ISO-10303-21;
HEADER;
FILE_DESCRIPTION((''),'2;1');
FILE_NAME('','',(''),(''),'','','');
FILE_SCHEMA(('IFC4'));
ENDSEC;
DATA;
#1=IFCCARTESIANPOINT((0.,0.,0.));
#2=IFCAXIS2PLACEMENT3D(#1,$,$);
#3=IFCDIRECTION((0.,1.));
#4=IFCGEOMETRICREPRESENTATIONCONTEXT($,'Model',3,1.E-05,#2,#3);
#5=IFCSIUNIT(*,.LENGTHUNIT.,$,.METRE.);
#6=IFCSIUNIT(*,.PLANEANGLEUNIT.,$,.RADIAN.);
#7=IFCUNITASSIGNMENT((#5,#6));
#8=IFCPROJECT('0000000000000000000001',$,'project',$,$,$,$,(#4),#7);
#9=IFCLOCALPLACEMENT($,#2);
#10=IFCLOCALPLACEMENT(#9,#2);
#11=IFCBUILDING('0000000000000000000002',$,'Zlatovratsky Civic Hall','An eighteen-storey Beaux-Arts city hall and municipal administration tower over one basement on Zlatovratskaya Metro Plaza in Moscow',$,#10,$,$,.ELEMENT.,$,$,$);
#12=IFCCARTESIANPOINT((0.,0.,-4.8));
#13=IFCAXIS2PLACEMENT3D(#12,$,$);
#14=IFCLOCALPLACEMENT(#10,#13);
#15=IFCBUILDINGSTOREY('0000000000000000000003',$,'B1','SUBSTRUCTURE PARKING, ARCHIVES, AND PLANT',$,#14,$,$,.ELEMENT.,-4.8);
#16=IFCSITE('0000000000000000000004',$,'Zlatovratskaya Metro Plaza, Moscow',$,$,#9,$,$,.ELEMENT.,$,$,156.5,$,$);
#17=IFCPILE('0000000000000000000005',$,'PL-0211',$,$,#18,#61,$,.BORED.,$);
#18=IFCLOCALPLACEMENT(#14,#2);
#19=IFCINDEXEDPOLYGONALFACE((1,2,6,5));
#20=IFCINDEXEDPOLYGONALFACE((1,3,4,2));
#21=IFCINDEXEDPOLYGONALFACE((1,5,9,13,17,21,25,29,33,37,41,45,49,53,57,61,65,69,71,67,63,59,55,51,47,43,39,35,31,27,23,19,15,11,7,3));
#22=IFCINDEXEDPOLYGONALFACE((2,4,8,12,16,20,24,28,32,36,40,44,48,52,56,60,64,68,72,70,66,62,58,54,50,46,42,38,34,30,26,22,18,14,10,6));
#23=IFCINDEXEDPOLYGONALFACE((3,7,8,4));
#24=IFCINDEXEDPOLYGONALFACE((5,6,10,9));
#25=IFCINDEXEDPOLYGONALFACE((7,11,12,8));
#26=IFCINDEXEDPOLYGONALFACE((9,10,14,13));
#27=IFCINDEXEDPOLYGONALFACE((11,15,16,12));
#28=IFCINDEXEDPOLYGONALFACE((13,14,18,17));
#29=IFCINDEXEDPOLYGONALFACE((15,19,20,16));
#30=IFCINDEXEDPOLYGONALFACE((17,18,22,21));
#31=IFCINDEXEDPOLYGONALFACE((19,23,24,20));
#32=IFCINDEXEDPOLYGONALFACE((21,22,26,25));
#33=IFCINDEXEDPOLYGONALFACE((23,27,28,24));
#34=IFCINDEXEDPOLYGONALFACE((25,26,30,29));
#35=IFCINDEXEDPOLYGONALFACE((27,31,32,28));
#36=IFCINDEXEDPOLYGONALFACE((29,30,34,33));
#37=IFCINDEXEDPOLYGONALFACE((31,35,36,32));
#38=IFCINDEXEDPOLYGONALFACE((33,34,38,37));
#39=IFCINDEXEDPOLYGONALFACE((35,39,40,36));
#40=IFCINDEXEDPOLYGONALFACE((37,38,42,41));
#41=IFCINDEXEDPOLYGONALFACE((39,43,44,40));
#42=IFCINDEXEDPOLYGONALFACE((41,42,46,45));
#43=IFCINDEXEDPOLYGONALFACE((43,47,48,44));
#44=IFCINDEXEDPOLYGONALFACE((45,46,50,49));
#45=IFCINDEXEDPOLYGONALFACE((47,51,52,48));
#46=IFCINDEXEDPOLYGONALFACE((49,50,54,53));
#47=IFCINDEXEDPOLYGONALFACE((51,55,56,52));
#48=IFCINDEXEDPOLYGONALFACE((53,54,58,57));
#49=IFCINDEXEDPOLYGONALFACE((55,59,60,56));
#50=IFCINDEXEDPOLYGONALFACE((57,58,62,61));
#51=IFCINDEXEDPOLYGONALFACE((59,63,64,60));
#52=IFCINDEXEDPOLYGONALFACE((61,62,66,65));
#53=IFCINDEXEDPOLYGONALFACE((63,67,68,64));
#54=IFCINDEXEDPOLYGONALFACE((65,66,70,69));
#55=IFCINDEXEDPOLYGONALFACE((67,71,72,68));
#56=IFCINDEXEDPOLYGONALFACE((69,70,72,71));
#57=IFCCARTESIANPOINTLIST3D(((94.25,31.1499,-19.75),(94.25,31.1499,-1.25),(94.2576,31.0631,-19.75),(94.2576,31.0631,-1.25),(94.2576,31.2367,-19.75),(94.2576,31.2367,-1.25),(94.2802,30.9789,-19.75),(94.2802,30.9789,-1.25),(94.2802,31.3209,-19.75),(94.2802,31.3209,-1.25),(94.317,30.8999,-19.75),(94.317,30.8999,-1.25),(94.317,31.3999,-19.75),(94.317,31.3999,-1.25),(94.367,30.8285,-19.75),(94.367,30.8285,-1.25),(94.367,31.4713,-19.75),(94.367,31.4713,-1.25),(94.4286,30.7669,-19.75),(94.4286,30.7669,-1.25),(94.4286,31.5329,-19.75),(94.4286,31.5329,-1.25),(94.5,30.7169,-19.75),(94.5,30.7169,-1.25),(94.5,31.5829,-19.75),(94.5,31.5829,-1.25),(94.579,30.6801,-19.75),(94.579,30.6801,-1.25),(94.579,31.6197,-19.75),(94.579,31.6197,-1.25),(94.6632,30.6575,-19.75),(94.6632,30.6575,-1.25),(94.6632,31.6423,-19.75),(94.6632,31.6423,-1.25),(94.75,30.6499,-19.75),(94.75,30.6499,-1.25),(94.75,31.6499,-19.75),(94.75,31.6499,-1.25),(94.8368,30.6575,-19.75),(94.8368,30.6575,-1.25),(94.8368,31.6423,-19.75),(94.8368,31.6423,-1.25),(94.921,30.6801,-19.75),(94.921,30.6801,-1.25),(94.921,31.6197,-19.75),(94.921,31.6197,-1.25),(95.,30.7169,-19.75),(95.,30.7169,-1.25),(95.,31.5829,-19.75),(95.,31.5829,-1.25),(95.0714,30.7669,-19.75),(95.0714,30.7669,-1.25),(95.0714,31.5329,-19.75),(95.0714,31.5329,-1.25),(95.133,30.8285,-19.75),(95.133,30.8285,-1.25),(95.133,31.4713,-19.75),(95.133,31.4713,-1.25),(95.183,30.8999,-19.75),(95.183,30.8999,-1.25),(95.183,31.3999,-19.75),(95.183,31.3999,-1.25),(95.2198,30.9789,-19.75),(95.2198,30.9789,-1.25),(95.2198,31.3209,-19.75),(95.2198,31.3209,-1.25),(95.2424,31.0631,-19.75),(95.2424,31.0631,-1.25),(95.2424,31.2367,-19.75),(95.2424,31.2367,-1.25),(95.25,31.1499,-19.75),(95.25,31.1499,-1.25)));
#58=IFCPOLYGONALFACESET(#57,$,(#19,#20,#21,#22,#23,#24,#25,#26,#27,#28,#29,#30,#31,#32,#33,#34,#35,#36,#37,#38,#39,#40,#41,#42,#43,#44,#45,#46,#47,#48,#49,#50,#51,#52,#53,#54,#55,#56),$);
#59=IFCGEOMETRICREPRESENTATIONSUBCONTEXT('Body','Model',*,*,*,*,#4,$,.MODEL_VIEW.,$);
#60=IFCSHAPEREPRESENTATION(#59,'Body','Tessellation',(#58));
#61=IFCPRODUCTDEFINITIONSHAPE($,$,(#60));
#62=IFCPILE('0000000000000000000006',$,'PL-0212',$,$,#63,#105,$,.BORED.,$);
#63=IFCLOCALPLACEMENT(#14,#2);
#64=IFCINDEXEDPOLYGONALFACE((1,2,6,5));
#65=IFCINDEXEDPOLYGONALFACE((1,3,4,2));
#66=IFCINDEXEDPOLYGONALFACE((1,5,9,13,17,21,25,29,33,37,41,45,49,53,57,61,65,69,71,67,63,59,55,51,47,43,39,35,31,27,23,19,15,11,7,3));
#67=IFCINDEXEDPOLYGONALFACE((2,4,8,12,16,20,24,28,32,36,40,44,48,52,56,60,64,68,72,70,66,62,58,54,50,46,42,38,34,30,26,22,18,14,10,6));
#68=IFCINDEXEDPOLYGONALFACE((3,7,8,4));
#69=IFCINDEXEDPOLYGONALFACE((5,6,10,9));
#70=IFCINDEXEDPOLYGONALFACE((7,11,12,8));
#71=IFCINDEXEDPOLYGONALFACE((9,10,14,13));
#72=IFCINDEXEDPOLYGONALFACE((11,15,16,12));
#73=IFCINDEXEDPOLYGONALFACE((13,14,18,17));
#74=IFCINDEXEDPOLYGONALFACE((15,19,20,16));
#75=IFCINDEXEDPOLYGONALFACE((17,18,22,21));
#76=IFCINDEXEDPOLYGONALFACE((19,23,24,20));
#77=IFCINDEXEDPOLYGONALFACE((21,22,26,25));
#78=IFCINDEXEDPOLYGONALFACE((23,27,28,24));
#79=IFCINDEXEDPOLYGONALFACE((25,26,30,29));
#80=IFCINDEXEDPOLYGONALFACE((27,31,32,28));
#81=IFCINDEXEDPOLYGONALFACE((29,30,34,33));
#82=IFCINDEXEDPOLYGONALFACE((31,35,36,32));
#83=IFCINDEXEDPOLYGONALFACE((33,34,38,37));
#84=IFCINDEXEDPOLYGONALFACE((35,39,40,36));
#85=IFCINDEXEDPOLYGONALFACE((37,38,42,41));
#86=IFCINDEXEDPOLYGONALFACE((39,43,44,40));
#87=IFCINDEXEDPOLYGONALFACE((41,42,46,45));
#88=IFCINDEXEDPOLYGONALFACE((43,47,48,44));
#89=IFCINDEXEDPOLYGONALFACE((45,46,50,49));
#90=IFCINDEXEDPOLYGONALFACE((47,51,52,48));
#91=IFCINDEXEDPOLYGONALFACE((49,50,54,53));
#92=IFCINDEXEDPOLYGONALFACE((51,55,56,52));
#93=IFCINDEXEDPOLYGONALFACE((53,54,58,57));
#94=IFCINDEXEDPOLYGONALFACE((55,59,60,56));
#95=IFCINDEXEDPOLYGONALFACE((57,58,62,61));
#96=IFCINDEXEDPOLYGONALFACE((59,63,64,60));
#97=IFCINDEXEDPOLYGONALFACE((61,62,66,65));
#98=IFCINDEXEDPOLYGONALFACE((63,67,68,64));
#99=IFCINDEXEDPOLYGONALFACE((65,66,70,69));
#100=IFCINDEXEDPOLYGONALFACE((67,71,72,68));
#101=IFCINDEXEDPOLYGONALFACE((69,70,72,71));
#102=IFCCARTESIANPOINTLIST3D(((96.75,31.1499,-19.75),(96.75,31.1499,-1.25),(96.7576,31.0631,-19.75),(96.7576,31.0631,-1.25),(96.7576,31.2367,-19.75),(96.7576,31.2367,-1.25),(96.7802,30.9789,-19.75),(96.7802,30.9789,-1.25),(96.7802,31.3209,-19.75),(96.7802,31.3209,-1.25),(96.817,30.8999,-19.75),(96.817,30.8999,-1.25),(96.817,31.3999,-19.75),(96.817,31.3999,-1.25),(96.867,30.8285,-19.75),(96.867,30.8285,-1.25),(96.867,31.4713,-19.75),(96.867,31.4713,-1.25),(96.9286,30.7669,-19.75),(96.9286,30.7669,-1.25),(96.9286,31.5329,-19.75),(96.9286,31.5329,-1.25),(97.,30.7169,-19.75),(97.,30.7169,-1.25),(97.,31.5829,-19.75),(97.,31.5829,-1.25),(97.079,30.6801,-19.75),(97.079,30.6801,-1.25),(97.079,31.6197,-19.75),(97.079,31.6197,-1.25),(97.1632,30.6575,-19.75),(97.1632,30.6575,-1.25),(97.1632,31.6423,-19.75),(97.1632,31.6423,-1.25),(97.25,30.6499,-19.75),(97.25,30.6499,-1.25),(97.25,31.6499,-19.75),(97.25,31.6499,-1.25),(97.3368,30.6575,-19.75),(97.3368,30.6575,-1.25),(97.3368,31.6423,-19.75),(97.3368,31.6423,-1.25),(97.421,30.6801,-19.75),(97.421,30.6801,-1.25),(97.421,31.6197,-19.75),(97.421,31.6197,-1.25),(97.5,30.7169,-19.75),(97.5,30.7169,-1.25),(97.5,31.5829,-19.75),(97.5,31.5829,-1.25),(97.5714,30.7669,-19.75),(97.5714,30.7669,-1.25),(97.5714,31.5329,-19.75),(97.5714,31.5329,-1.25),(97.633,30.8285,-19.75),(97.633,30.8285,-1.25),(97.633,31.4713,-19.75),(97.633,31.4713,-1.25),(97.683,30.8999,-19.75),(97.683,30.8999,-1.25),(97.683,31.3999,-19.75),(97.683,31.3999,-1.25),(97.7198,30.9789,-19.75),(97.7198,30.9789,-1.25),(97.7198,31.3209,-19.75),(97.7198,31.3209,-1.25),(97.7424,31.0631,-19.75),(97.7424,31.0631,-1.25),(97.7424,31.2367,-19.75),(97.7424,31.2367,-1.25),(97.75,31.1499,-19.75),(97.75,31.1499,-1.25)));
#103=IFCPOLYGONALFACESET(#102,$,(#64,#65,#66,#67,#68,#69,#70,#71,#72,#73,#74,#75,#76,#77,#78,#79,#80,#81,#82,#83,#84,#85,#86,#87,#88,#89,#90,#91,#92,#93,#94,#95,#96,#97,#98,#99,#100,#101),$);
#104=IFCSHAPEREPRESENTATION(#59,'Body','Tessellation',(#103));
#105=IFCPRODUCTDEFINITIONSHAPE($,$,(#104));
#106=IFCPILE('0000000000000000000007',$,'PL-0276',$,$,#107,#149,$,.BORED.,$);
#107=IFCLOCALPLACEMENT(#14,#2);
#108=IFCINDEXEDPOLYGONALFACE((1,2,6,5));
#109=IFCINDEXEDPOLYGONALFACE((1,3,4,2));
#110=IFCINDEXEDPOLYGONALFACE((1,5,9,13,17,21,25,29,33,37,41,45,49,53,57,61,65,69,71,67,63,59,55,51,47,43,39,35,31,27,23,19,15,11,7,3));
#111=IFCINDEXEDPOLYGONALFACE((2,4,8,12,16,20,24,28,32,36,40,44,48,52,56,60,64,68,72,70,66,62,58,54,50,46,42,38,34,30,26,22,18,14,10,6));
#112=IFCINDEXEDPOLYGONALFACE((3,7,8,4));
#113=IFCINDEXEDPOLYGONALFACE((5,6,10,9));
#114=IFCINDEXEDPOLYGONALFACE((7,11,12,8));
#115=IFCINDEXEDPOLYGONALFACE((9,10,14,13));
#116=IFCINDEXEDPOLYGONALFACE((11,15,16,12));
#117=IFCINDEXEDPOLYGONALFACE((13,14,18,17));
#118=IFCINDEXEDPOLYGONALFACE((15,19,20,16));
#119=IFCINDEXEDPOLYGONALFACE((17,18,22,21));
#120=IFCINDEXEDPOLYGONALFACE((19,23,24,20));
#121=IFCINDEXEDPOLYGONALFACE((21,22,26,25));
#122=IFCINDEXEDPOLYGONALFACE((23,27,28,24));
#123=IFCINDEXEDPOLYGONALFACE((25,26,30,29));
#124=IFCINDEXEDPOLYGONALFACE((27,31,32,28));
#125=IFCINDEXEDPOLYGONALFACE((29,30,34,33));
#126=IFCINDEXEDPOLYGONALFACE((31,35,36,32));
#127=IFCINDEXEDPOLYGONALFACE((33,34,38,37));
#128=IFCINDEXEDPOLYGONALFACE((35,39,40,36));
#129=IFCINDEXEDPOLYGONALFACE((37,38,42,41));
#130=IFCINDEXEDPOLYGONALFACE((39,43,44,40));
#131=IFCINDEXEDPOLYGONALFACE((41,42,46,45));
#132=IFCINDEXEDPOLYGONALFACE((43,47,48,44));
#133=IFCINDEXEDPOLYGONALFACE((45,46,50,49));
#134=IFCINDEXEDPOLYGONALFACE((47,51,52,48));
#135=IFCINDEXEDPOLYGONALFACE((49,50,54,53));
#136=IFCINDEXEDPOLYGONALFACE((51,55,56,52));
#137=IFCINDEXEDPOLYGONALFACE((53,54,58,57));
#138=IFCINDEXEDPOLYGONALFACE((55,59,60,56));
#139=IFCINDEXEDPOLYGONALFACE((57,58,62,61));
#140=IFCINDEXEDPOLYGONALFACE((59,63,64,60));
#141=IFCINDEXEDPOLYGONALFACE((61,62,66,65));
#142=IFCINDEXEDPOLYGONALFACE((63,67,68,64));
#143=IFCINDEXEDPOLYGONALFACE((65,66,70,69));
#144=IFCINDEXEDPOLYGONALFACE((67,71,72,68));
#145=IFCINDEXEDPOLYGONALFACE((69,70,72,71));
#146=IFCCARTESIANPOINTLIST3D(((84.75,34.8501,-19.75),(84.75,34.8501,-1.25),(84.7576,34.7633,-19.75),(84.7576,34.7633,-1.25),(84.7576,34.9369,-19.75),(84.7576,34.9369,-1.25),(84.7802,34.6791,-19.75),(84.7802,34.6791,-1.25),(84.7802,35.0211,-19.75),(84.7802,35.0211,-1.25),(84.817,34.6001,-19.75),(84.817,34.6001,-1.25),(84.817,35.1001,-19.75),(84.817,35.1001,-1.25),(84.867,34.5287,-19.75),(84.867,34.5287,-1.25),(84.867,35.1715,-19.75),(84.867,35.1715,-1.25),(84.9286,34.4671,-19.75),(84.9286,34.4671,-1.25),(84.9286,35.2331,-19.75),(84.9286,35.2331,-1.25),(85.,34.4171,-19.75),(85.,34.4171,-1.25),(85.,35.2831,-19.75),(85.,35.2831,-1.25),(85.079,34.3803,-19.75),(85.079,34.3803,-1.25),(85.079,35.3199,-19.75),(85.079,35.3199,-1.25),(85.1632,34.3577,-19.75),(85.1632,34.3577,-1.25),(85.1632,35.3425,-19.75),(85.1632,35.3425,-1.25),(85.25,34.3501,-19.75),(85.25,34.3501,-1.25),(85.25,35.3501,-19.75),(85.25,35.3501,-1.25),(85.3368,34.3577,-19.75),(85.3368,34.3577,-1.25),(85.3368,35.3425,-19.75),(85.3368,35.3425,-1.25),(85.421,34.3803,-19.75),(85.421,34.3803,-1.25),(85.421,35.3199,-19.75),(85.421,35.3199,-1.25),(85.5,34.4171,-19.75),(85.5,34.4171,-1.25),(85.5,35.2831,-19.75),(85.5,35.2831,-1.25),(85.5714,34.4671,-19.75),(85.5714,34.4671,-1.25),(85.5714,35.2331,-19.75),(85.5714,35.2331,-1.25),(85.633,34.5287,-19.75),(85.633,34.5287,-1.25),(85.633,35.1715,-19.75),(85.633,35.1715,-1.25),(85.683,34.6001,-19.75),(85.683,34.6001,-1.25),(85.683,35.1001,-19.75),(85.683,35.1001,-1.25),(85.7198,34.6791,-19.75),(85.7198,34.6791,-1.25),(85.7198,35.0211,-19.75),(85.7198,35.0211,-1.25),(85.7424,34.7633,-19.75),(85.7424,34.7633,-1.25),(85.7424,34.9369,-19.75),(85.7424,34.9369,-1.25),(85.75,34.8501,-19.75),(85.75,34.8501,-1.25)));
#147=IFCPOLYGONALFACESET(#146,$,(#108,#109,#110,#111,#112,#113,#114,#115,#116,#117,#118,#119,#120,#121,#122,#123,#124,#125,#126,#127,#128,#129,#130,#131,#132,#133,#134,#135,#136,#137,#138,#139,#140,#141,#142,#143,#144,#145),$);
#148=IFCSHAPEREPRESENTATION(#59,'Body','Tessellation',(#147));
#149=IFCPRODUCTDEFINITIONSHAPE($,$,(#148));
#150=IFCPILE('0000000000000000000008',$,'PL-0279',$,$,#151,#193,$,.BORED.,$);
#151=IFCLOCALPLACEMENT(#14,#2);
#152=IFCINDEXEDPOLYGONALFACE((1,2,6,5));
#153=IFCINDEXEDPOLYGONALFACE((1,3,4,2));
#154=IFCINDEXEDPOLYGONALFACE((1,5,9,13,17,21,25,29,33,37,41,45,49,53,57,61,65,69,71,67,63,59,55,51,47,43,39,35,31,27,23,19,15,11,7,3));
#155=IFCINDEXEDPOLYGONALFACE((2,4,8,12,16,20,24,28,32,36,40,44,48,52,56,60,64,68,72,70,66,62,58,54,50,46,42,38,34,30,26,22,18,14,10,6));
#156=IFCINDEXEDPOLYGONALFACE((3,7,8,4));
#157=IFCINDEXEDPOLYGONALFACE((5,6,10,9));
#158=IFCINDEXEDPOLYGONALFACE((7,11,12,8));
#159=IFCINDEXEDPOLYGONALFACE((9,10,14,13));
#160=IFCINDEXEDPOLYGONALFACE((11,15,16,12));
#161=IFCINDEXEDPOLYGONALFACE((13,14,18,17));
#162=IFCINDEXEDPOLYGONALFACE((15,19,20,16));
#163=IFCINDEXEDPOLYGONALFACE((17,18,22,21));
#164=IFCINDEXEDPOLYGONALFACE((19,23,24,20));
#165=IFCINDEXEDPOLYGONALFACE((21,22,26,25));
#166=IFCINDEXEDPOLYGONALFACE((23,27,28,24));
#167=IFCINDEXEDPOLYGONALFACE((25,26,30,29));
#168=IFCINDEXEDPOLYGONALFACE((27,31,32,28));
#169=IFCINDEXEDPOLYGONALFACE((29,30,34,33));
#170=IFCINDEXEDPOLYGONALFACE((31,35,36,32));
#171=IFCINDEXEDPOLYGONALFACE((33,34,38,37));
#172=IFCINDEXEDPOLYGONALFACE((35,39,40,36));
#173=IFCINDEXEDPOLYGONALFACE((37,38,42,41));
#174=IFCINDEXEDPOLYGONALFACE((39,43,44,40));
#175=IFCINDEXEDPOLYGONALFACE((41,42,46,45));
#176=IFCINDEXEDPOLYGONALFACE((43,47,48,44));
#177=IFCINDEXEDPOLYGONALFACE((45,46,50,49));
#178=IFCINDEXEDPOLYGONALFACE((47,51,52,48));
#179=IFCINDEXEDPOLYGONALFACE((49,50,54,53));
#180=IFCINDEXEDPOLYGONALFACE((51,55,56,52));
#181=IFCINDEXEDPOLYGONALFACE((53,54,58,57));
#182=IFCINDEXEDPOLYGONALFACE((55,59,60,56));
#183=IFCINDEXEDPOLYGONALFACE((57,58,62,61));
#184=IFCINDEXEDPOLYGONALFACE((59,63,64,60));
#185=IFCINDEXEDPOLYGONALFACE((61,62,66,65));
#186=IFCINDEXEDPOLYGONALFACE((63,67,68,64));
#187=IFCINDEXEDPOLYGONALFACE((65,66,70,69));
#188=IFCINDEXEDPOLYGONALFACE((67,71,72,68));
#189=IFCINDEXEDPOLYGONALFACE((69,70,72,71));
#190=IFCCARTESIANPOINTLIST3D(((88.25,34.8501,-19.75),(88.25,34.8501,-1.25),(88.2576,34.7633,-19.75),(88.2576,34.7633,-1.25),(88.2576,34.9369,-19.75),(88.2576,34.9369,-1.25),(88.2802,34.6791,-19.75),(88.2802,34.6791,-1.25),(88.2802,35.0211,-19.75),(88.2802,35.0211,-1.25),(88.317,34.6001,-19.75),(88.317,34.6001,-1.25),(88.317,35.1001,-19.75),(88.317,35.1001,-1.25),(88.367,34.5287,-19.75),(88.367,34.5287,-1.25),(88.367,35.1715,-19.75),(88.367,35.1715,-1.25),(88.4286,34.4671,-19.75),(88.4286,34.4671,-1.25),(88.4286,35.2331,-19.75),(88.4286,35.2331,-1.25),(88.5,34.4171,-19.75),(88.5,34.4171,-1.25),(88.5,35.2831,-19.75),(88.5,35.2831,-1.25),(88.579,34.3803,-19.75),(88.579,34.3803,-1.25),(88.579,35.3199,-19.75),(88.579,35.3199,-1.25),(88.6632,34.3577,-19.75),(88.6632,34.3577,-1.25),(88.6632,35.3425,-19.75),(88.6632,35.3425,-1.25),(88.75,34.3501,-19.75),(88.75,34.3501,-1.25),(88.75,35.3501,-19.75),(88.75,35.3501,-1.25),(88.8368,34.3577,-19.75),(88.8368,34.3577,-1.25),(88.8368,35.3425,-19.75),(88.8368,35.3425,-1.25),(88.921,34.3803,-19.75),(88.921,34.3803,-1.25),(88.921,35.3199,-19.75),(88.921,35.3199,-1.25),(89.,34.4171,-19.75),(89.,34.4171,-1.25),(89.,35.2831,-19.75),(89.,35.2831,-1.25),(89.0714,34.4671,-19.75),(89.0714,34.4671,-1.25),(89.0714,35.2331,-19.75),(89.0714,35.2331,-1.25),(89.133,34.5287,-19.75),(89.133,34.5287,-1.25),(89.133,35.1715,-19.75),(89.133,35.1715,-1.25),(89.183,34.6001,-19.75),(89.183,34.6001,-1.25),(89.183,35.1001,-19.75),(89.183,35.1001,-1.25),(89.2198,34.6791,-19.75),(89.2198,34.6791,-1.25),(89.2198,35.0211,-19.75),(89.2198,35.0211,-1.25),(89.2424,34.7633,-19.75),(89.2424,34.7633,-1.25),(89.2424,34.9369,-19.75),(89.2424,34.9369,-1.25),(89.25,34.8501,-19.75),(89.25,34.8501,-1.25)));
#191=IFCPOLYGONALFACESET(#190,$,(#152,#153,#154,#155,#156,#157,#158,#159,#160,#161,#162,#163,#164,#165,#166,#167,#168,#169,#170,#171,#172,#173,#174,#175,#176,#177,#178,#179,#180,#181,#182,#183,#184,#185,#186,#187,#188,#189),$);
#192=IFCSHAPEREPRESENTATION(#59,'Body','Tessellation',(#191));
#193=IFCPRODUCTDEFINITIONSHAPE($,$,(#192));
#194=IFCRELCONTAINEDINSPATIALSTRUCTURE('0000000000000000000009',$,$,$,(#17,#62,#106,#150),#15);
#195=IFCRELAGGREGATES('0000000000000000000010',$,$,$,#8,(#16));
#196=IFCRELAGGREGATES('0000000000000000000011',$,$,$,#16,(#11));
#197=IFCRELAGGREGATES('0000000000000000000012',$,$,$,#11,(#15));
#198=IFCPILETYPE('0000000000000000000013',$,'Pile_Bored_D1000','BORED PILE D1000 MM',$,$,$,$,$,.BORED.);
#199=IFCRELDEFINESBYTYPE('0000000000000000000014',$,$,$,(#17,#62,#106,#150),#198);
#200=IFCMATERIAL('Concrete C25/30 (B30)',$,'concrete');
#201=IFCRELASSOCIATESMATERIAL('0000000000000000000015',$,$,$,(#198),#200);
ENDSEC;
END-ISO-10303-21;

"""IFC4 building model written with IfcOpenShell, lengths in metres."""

from ifc_helpers import new_model, si_unit, direction, frame, origin, origin_2d, place, context, subcontext, project, spatial, circle, extrude, material, material_profile, profile_set, type_object, element, save


model = new_model("IFC4")

# Units and contexts
model_context = context("Model", 3, precision=1e-05, world=origin(), true_north=direction((0.0, 1.0)))
body_context = subcontext(model_context, "Body", "Model", "MODEL_VIEW")
ifc_project = project(units=[si_unit("LENGTHUNIT", "METRE"), si_unit("PLANEANGLEUNIT", "RADIAN")], contexts=[model_context])

# Site, building, storey
site_placement = place(None, origin())
site = spatial("IfcSite", under=ifc_project, at=site_placement, Name="Zlatovratskaya Metro Plaza, Moscow", CompositionType="ELEMENT", RefElevation=156.5)
building_placement = place(site_placement, origin())
building = spatial("IfcBuilding", under=site, at=building_placement, Name="Zlatovratsky Civic Hall", Description="An eighteen-storey Beaux-Arts city hall and municipal administration tower over one basement on Zlatovratskaya Metro Plaza in Moscow", CompositionType="ELEMENT")
storey_placement = place(building_placement, frame((0.0, 0.0, -4.8)))
storey = spatial("IfcBuildingStorey", under=building, at=storey_placement, Name="B1", Description="SUBSTRUCTURE PARKING, ARCHIVES, AND PLANT", CompositionType="ELEMENT", Elevation=-4.8)

# Shared definitions
ifc_material_1 = material(Name="Concrete C25/30 (B30)", Category="concrete")

# Piles
ifc_material_profile_1 = material_profile(ifc_material_1, circle(Radius=0.5, at=origin_2d()), Name="PILE D1000")
ifc_profile_set_1 = profile_set([ifc_material_profile_1], Name="Concrete C25/30 (B30)")
pile_type = type_object("IfcPileType", Name="Pile_Bored_D1000", Description="BORED PILE D1000 MM", PredefinedType="BORED", material=ifc_profile_set_1)
for number, where, z_axis, x_axis, name in (
    (1, (94.75, 31.1499, -1.25), (0.0, 0.0, -1.0), (1.0, 0.0, 0.0), "PL-0211"),
    (2, (97.25, 31.1499, -1.25), (0.0, 0.0, -1.0), (1.0, 0.0, 0.0), "PL-0212"),
    (3, (85.25, 34.8501, -1.25), (0.0, 0.0, -1.0), (1.0, 0.0, 0.0), "PL-0276"),
    (4, (88.75, 34.8501, -1.25), (0.0, 0.0, -1.0), (1.0, 0.0, 0.0), "PL-0279"),
):
    element("IfcPile", number, at=place(storey_placement, frame(where, z_axis=z_axis, x_axis=x_axis)), inside=storey, type_object=pile_type, Name=name, PredefinedType="BORED", context=body_context, shape_type="SweptSolid", body=[
        extrude(circle(Radius=0.5, at=origin_2d()), origin(), (0.0, 0.0, 1.0), 18.5),
    ])

save(model, "model.ifc")
